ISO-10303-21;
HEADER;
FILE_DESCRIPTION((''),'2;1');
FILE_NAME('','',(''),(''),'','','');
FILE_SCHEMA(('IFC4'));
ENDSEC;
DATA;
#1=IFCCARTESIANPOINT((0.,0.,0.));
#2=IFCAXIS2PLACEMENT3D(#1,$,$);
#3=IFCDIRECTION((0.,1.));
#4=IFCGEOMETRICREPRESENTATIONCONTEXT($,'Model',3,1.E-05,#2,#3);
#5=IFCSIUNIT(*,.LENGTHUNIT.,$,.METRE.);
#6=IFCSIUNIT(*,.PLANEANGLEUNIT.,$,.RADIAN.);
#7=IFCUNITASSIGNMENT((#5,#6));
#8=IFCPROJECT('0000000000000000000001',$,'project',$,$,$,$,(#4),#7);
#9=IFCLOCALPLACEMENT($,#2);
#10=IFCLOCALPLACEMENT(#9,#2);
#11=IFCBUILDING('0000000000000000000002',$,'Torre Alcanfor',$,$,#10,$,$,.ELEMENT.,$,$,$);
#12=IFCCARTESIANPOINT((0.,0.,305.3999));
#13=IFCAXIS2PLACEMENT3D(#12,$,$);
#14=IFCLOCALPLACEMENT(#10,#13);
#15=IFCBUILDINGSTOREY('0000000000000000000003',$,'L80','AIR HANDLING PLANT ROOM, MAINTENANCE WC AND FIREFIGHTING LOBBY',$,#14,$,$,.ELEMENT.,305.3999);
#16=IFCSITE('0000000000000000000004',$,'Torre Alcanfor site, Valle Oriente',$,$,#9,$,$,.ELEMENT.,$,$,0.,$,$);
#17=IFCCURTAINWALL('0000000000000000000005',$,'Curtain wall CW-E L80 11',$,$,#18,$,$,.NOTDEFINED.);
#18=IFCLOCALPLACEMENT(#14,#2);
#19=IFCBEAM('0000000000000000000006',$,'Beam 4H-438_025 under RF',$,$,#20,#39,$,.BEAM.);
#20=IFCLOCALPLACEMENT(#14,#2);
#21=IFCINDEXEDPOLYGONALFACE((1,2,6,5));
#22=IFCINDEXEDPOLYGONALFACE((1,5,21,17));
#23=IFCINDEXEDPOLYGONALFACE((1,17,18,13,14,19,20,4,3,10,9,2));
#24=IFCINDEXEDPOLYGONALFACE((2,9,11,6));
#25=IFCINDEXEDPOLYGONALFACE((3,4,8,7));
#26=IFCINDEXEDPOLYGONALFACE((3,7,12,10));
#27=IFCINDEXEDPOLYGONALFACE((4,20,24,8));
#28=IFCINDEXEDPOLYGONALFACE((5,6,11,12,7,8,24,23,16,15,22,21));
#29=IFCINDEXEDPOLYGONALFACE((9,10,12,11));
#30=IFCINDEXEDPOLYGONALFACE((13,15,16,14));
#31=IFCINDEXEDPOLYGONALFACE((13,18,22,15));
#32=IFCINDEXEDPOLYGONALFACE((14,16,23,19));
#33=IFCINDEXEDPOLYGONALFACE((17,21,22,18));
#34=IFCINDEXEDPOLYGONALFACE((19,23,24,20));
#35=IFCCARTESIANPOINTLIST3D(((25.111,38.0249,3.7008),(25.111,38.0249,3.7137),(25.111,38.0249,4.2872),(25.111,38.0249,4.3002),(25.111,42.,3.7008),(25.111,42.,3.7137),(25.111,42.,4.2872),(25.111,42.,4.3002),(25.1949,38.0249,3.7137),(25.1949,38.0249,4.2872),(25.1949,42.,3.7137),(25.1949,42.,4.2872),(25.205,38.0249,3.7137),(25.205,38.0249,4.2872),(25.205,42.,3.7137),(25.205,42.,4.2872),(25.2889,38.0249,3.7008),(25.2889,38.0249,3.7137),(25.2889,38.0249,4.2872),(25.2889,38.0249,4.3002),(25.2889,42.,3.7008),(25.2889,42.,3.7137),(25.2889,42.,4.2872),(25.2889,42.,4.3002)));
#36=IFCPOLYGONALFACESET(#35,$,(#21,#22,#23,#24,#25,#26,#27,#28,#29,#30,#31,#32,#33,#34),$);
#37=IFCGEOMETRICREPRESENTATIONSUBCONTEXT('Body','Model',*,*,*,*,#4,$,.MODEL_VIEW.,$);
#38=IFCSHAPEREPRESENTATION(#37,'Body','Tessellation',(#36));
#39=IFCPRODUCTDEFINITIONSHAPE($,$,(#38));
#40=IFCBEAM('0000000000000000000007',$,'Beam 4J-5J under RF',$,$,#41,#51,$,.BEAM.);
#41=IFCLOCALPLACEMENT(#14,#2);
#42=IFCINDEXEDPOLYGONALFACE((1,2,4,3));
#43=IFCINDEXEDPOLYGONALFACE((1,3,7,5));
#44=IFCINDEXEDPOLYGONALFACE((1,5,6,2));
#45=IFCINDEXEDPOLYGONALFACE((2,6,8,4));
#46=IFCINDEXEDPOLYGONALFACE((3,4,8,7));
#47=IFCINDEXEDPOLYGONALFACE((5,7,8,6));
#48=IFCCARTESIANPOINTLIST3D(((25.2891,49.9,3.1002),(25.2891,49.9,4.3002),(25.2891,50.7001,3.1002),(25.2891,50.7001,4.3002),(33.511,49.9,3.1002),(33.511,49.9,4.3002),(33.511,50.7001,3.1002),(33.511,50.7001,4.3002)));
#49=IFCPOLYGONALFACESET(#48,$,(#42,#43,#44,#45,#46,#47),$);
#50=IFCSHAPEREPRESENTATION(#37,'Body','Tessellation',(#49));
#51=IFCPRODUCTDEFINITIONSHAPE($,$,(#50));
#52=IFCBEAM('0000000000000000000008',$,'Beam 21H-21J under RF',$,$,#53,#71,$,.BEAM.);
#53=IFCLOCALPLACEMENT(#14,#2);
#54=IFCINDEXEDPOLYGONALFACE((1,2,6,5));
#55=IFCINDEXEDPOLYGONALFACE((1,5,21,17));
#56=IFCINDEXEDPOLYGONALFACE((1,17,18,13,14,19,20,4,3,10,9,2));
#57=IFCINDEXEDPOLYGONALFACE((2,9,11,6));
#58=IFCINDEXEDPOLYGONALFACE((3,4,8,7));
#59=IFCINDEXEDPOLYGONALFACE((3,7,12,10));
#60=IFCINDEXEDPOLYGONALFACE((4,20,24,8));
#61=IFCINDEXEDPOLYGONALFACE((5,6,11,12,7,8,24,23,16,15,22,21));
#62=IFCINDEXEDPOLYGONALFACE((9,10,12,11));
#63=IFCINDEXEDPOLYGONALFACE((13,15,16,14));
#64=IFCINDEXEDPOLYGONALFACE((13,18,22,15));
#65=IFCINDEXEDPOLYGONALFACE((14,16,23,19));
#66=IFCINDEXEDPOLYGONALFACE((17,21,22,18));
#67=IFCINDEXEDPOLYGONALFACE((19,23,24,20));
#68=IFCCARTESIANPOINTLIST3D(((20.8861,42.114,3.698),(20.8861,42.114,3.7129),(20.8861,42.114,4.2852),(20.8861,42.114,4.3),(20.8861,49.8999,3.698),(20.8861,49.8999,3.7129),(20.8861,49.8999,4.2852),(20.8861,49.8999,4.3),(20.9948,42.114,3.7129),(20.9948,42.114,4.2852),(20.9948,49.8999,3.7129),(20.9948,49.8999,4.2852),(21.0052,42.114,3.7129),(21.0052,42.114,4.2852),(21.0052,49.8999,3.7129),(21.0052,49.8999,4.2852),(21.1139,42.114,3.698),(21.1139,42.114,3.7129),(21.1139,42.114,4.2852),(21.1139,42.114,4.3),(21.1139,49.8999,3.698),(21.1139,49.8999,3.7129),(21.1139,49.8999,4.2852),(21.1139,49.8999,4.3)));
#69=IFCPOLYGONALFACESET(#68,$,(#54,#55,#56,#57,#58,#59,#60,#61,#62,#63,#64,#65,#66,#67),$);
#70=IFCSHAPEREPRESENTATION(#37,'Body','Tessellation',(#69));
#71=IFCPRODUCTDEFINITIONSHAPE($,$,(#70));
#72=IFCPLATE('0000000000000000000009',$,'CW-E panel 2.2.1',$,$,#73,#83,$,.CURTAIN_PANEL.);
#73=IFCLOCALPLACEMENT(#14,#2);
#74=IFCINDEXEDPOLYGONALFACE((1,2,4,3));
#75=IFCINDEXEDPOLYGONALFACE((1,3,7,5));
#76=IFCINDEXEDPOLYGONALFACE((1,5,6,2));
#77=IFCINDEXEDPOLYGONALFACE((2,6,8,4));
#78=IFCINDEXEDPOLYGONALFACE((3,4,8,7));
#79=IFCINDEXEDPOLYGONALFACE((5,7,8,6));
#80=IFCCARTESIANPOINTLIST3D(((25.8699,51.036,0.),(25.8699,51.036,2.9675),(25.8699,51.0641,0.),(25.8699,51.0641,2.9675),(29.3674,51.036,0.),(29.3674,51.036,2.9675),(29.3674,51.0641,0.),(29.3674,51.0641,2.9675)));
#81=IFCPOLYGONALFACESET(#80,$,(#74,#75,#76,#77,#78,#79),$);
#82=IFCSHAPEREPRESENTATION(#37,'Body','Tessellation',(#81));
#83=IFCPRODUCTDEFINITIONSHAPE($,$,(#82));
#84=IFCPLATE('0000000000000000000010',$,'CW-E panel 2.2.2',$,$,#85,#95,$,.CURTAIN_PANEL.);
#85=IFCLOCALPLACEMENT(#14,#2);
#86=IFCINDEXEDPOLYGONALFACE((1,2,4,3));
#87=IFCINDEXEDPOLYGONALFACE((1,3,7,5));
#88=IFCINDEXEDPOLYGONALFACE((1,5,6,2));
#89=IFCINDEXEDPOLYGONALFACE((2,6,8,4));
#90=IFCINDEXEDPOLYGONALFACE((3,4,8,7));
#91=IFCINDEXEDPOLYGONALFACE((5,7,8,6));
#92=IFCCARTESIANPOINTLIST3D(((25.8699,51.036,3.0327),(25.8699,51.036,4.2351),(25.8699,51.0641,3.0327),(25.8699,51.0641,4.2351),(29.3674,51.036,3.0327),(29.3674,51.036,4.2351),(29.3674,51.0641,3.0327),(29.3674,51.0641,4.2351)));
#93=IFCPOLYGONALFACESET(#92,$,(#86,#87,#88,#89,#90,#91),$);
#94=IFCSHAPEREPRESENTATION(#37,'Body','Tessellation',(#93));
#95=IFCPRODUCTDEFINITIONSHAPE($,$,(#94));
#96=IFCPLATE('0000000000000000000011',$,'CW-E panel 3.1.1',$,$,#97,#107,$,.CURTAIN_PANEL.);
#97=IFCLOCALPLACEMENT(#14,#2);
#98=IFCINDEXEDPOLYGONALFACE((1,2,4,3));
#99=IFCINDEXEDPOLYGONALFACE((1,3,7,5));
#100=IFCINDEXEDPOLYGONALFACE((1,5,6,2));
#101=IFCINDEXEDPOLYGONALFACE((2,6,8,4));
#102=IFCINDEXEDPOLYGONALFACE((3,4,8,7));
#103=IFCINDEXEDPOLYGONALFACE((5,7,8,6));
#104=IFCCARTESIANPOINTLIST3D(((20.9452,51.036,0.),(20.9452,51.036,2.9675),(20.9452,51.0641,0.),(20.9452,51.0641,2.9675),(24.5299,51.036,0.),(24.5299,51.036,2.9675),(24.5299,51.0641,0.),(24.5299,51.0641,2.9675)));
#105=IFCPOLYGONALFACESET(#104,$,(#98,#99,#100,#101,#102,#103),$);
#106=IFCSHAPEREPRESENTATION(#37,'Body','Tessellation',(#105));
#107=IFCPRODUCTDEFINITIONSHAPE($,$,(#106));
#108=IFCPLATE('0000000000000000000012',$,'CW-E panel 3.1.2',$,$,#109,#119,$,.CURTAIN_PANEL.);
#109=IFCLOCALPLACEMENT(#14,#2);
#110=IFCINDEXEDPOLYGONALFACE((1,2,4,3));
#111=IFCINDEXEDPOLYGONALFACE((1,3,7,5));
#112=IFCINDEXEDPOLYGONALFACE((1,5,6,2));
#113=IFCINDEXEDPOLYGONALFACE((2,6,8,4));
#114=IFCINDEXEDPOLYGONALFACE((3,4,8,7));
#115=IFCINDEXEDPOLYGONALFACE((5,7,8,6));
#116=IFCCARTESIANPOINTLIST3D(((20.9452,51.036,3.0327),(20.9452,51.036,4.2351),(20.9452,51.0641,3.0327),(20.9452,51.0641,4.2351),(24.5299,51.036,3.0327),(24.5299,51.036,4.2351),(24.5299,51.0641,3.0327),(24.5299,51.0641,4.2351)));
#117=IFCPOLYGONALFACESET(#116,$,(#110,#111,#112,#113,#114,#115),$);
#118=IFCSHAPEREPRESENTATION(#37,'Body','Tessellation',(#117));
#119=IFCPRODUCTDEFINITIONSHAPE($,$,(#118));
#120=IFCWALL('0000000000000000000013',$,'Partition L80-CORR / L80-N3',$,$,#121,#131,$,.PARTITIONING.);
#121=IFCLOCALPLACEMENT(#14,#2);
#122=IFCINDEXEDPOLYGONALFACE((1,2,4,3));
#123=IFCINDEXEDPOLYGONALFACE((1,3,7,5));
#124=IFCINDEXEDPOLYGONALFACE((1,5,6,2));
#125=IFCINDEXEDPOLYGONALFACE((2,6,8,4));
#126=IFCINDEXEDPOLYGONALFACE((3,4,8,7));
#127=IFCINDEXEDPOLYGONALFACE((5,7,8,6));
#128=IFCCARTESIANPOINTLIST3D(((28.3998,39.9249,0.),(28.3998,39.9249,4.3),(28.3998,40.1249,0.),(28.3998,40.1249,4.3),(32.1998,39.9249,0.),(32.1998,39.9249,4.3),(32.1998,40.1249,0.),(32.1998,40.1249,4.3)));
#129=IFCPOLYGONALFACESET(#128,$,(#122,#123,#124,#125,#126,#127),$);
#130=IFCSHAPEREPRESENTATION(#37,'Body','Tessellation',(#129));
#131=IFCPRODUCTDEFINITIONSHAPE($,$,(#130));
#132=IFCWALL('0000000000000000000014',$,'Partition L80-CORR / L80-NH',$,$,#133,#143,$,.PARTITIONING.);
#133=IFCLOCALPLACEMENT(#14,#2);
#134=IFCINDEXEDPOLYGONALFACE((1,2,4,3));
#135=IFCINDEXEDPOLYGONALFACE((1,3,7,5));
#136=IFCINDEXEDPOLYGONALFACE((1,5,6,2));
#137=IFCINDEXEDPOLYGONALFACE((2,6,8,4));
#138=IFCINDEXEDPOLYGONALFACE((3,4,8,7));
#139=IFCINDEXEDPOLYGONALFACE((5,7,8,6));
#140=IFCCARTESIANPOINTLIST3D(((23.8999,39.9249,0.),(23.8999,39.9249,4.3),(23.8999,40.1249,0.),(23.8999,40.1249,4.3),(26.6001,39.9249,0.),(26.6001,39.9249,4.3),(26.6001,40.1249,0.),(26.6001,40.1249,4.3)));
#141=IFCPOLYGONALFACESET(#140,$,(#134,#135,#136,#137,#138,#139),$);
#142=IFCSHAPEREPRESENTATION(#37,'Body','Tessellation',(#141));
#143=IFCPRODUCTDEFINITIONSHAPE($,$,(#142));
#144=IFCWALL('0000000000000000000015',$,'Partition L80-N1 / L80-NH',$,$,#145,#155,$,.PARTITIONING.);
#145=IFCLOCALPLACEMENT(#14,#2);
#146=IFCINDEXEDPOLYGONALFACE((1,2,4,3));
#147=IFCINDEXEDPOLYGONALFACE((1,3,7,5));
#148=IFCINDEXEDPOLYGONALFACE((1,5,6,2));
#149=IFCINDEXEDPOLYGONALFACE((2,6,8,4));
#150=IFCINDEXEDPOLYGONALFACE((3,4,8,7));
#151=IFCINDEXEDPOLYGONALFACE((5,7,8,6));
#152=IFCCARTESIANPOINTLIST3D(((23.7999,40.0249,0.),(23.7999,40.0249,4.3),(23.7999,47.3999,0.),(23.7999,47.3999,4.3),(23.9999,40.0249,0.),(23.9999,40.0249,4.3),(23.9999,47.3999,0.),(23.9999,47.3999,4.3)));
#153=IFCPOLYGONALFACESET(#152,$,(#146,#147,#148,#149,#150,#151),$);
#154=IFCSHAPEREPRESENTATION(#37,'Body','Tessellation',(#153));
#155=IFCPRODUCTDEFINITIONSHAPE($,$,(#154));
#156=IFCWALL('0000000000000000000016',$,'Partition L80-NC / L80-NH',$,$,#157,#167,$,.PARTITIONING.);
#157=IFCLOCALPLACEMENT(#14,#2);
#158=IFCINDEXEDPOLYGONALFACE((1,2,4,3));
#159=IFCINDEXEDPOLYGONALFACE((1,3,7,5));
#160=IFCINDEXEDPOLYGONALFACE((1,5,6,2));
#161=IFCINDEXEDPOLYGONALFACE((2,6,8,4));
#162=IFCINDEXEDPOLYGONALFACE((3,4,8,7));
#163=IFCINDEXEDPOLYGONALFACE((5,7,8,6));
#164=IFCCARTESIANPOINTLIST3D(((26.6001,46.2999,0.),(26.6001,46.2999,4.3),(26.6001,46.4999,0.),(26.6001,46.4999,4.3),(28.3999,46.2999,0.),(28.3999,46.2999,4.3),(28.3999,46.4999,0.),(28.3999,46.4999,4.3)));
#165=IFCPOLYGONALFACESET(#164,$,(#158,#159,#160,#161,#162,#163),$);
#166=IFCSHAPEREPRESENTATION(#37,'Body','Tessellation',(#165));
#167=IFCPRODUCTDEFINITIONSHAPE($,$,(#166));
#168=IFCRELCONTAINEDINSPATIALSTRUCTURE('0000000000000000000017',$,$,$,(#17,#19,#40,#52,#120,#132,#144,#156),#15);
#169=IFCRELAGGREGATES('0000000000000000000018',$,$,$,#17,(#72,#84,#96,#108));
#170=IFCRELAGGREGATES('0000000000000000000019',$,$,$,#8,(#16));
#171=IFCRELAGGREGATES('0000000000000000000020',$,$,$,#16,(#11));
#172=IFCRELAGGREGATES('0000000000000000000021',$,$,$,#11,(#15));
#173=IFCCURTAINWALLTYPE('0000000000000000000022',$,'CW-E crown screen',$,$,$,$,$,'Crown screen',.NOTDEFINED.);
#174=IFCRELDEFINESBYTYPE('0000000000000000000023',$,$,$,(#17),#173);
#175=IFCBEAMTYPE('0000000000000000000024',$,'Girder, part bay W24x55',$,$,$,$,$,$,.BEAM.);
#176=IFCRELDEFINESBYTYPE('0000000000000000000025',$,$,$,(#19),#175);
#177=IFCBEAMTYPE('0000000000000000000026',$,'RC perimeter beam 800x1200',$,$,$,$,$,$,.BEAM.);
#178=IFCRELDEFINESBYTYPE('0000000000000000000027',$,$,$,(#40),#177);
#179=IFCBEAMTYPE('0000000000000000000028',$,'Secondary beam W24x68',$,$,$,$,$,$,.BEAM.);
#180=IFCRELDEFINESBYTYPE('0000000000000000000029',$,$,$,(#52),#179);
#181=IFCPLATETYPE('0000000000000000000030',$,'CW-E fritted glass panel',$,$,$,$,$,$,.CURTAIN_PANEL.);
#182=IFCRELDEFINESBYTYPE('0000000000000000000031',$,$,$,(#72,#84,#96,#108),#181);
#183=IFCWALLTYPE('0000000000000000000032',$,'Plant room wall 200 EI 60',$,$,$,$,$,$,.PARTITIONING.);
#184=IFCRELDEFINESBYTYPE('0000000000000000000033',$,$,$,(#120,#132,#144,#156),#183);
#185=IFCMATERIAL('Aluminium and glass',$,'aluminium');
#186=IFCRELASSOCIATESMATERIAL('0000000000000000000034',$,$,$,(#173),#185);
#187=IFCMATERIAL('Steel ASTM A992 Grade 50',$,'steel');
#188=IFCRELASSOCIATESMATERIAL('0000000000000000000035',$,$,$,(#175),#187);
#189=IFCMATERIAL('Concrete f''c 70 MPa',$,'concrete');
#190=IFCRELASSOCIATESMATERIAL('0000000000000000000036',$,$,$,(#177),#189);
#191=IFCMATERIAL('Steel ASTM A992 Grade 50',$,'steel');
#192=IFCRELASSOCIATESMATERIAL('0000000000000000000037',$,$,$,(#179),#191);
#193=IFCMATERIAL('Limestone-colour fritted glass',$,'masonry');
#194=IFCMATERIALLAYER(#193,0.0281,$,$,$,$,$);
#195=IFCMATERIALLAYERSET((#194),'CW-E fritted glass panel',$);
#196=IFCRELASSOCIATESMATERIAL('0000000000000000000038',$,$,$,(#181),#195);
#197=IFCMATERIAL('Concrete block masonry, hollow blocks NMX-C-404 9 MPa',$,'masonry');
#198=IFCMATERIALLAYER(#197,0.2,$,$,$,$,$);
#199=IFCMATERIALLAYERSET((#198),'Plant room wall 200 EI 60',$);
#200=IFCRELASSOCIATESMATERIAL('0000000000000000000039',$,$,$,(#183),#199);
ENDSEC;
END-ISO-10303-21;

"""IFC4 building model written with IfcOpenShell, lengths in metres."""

from ifc_helpers import new_model, si_unit, direction, frame, frame_2d, origin, origin_2d, place, context, subcontext, project, spatial, rectangle, i_section, extrude, material, layer, layer_set, material_profile, profile_set, type_object, element, aggregate, save


model = new_model("IFC4")

# Units and contexts
model_context = context("Model", 3, precision=1e-05, world=origin(), true_north=direction((0.0, 1.0)))
body_context = subcontext(model_context, "Body", "Model", "MODEL_VIEW")
ifc_project = project(units=[si_unit("LENGTHUNIT", "METRE"), si_unit("PLANEANGLEUNIT", "RADIAN")], contexts=[model_context])

# Site, building, storey
site_placement = place(None, origin())
site = spatial("IfcSite", under=ifc_project, at=site_placement, Name="Torre Alcanfor site, Valle Oriente", CompositionType="ELEMENT", RefElevation=0.0)
building_placement = place(site_placement, origin())
building = spatial("IfcBuilding", under=site, at=building_placement, Name="Torre Alcanfor", CompositionType="ELEMENT")
storey_placement = place(building_placement, frame((0.0, 0.0, 305.3999)))
storey = spatial("IfcBuildingStorey", under=building, at=storey_placement, Name="L80", Description="AIR HANDLING PLANT ROOM, MAINTENANCE WC AND FIREFIGHTING LOBBY", CompositionType="ELEMENT", Elevation=305.3999)

# Curtain wall
ifc_material_1 = material(Name="Aluminium and glass", Category="aluminium")
curtain_wall_type = type_object("IfcCurtainWallType", Name="CW-E crown screen", ElementType="Crown screen", PredefinedType="NOTDEFINED", material=ifc_material_1)
curtain_wall_placement = place(storey_placement, origin())
curtain_wall = element("IfcCurtainWall", 1, at=curtain_wall_placement, inside=storey, type_object=curtain_wall_type, Name="Curtain wall CW-E L80 11", PredefinedType="NOTDEFINED")

# Beams
ifc_material_2 = material(Name="Steel ASTM A992 Grade 50", Category="steel")
ifc_material_profile_1 = material_profile(ifc_material_2, i_section(OverallWidth=0.178, OverallDepth=0.5994, WebThickness=0.01, FlangeThickness=0.0129, at=origin_2d()), Name="W24x55")
ifc_profile_set_1 = profile_set([ifc_material_profile_1], Name="Steel ASTM A992 Grade 50")
beam_type_1 = type_object("IfcBeamType", Name="Girder, part bay W24x55", PredefinedType="BEAM", material=ifc_profile_set_1)
beam_1_placement = place(storey_placement, frame((25.2, 42.0, 4.0005), z_axis=(0.0, -1.0, 0.0), x_axis=(1.0, 0.0, 0.0)))
element("IfcBeam", 2, at=beam_1_placement, inside=storey, type_object=beam_type_1, Name="Beam 4H-438_025 under RF", PredefinedType="BEAM", context=body_context, shape_type="SweptSolid", body=[
    extrude(i_section(OverallWidth=0.178, OverallDepth=0.5994, WebThickness=0.01, FlangeThickness=0.0129, at=origin_2d()), origin(), (0.0, 0.0, 1.0), 3.9751),
])
ifc_material_3 = material(Name="Concrete f'c 70 MPa", Category="concrete")
ifc_material_profile_2 = material_profile(ifc_material_3, rectangle(XDim=0.8, YDim=1.2, at=origin_2d()), Name="800x1200")
ifc_profile_set_2 = profile_set([ifc_material_profile_2], Name="Concrete f'c 70 MPa")
beam_type_2 = type_object("IfcBeamType", Name="RC perimeter beam 800x1200", PredefinedType="BEAM", material=ifc_profile_set_2)
beam_2_placement = place(storey_placement, frame((25.2891, 50.3, 3.7002), z_axis=(1.0, 0.0, 0.0), x_axis=(0.0, 1.0, 0.0)))
element("IfcBeam", 3, at=beam_2_placement, inside=storey, type_object=beam_type_2, Name="Beam 4J-5J under RF", PredefinedType="BEAM", context=body_context, shape_type="SweptSolid", body=[
    extrude(rectangle(XDim=0.8, YDim=1.2, at=origin_2d()), origin(), (0.0, 0.0, 1.0), 8.2219),
])
ifc_material_4 = material(Name="Steel ASTM A992 Grade 50", Category="steel")
ifc_material_profile_3 = material_profile(ifc_material_4, i_section(OverallWidth=0.2278, OverallDepth=0.6021, WebThickness=0.0105, FlangeThickness=0.0149, at=origin_2d()), Name="W24x68")
ifc_profile_set_3 = profile_set([ifc_material_profile_3], Name="Steel ASTM A992 Grade 50")
beam_type_3 = type_object("IfcBeamType", Name="Secondary beam W24x68", PredefinedType="BEAM", material=ifc_profile_set_3)
beam_3_placement = place(storey_placement, frame((21.0, 42.114, 3.999), z_axis=(0.0, 1.0, 0.0), x_axis=(-1.0, 0.0, 0.0)))
element("IfcBeam", 4, at=beam_3_placement, inside=storey, type_object=beam_type_3, Name="Beam 21H-21J under RF", PredefinedType="BEAM", context=body_context, shape_type="SweptSolid", body=[
    extrude(i_section(OverallWidth=0.2278, OverallDepth=0.6021, WebThickness=0.0105, FlangeThickness=0.0149, at=origin_2d()), origin(), (0.0, 0.0, 1.0), 7.7859),
])

# Plates
ifc_material_5 = material(Name="Limestone-colour fritted glass", Category="masonry")
ifc_layer_1 = layer(ifc_material_5, 0.0281)
ifc_layer_set_1 = layer_set([ifc_layer_1], Name="CW-E fritted glass panel")
plate_type = type_object("IfcPlateType", Name="CW-E fritted glass panel", PredefinedType="CURTAIN_PANEL", material=ifc_layer_set_1)
plate_1_placement = place(storey_placement, frame((27.6187, 51.05, 0.0), z_axis=(0.0, 0.0, 1.0), x_axis=(-1.0, 0.0, 0.0)))
plate_1 = element("IfcPlate", 5, at=plate_1_placement, type_object=plate_type, Name="CW-E panel 2.2.1", PredefinedType="CURTAIN_PANEL", context=body_context, shape_type="SweptSolid", body=[
    extrude(rectangle(XDim=3.4976, YDim=0.0281, at=origin_2d()), origin(), (0.0, 0.0, 1.0), 2.9675),
])
plate_2_placement = place(storey_placement, frame((27.6187, 51.05, 3.0327), z_axis=(0.0, 0.0, 1.0), x_axis=(-1.0, 0.0, 0.0)))
plate_2 = element("IfcPlate", 6, at=plate_2_placement, type_object=plate_type, Name="CW-E panel 2.2.2", PredefinedType="CURTAIN_PANEL", context=body_context, shape_type="SweptSolid", body=[
    extrude(rectangle(XDim=3.4976, YDim=0.0281, at=origin_2d()), origin(), (0.0, 0.0, 1.0), 1.2024),
])
plate_3_placement = place(storey_placement, frame((22.7375, 51.05, 0.0), z_axis=(0.0, 0.0, 1.0), x_axis=(-1.0, 0.0, 0.0)))
plate_3 = element("IfcPlate", 7, at=plate_3_placement, type_object=plate_type, Name="CW-E panel 3.1.1", PredefinedType="CURTAIN_PANEL", context=body_context, shape_type="SweptSolid", body=[
    extrude(rectangle(XDim=3.5847, YDim=0.0281, at=origin_2d()), origin(), (0.0, 0.0, 1.0), 2.9675),
])
plate_4_placement = place(storey_placement, frame((22.7375, 51.05, 3.0327), z_axis=(0.0, 0.0, 1.0), x_axis=(-1.0, 0.0, 0.0)))
plate_4 = element("IfcPlate", 8, at=plate_4_placement, type_object=plate_type, Name="CW-E panel 3.1.2", PredefinedType="CURTAIN_PANEL", context=body_context, shape_type="SweptSolid", body=[
    extrude(rectangle(XDim=3.5847, YDim=0.0281, at=origin_2d()), origin(), (0.0, 0.0, 1.0), 1.2024),
])
aggregate(curtain_wall, [plate_1, plate_2, plate_3, plate_4])

# Walls
ifc_material_6 = material(Name="Concrete block masonry, hollow blocks NMX-C-404 9 MPa", Category="masonry")
ifc_layer_2 = layer(ifc_material_6, 0.2)
ifc_layer_set_2 = layer_set([ifc_layer_2], Name="Plant room wall 200 EI 60")
wall_type = type_object("IfcWallType", Name="Plant room wall 200 EI 60", PredefinedType="PARTITIONING", material=ifc_layer_set_2)
wall_1_placement = place(storey_placement, frame((28.3999, 40.0249, 0.0), z_axis=(0.0, 0.0, 1.0), x_axis=(1.0, 0.0, 0.0)))
element("IfcWall", 9, at=wall_1_placement, inside=storey, type_object=wall_type, Name="Partition L80-CORR / L80-N3", PredefinedType="PARTITIONING", context=body_context, shape_type="SweptSolid", body=[
    extrude(rectangle(XDim=3.8, YDim=0.2, at=frame_2d((1.8999, 0.0))), origin(), (0.0, 0.0, 1.0), 4.3),
])
wall_2_placement = place(storey_placement, frame((23.8999, 40.0249, 0.0), z_axis=(0.0, 0.0, 1.0), x_axis=(1.0, 0.0, 0.0)))
element("IfcWall", 10, at=wall_2_placement, inside=storey, type_object=wall_type, Name="Partition L80-CORR / L80-NH", PredefinedType="PARTITIONING", context=body_context, shape_type="SweptSolid", body=[
    extrude(rectangle(XDim=2.7002, YDim=0.2, at=frame_2d((1.3501, 0.0))), origin(), (0.0, 0.0, 1.0), 4.3),
])
wall_3_placement = place(storey_placement, frame((23.8999, 47.3999, 0.0), z_axis=(0.0, 0.0, 1.0), x_axis=(0.0, -1.0, 0.0)))
element("IfcWall", 11, at=wall_3_placement, inside=storey, type_object=wall_type, Name="Partition L80-N1 / L80-NH", PredefinedType="PARTITIONING", context=body_context, shape_type="SweptSolid", body=[
    extrude(rectangle(XDim=7.375, YDim=0.2, at=frame_2d((3.6875, 0.0))), origin(), (0.0, 0.0, 1.0), 4.3),
])

# Wall
wall_4_placement = place(storey_placement, frame((26.6001, 46.3999, 0.0), z_axis=(0.0, 0.0, 1.0), x_axis=(1.0, 0.0, 0.0)))
element("IfcWall", 12, at=wall_4_placement, inside=storey, type_object=wall_type, Name="Partition L80-NC / L80-NH", PredefinedType="PARTITIONING", context=body_context, shape_type="SweptSolid", body=[
    extrude(rectangle(XDim=1.7998, YDim=0.2, at=frame_2d((0.8999, 0.0))), origin(), (0.0, 0.0, 1.0), 4.3),
])

save(model, "model.ifc")
